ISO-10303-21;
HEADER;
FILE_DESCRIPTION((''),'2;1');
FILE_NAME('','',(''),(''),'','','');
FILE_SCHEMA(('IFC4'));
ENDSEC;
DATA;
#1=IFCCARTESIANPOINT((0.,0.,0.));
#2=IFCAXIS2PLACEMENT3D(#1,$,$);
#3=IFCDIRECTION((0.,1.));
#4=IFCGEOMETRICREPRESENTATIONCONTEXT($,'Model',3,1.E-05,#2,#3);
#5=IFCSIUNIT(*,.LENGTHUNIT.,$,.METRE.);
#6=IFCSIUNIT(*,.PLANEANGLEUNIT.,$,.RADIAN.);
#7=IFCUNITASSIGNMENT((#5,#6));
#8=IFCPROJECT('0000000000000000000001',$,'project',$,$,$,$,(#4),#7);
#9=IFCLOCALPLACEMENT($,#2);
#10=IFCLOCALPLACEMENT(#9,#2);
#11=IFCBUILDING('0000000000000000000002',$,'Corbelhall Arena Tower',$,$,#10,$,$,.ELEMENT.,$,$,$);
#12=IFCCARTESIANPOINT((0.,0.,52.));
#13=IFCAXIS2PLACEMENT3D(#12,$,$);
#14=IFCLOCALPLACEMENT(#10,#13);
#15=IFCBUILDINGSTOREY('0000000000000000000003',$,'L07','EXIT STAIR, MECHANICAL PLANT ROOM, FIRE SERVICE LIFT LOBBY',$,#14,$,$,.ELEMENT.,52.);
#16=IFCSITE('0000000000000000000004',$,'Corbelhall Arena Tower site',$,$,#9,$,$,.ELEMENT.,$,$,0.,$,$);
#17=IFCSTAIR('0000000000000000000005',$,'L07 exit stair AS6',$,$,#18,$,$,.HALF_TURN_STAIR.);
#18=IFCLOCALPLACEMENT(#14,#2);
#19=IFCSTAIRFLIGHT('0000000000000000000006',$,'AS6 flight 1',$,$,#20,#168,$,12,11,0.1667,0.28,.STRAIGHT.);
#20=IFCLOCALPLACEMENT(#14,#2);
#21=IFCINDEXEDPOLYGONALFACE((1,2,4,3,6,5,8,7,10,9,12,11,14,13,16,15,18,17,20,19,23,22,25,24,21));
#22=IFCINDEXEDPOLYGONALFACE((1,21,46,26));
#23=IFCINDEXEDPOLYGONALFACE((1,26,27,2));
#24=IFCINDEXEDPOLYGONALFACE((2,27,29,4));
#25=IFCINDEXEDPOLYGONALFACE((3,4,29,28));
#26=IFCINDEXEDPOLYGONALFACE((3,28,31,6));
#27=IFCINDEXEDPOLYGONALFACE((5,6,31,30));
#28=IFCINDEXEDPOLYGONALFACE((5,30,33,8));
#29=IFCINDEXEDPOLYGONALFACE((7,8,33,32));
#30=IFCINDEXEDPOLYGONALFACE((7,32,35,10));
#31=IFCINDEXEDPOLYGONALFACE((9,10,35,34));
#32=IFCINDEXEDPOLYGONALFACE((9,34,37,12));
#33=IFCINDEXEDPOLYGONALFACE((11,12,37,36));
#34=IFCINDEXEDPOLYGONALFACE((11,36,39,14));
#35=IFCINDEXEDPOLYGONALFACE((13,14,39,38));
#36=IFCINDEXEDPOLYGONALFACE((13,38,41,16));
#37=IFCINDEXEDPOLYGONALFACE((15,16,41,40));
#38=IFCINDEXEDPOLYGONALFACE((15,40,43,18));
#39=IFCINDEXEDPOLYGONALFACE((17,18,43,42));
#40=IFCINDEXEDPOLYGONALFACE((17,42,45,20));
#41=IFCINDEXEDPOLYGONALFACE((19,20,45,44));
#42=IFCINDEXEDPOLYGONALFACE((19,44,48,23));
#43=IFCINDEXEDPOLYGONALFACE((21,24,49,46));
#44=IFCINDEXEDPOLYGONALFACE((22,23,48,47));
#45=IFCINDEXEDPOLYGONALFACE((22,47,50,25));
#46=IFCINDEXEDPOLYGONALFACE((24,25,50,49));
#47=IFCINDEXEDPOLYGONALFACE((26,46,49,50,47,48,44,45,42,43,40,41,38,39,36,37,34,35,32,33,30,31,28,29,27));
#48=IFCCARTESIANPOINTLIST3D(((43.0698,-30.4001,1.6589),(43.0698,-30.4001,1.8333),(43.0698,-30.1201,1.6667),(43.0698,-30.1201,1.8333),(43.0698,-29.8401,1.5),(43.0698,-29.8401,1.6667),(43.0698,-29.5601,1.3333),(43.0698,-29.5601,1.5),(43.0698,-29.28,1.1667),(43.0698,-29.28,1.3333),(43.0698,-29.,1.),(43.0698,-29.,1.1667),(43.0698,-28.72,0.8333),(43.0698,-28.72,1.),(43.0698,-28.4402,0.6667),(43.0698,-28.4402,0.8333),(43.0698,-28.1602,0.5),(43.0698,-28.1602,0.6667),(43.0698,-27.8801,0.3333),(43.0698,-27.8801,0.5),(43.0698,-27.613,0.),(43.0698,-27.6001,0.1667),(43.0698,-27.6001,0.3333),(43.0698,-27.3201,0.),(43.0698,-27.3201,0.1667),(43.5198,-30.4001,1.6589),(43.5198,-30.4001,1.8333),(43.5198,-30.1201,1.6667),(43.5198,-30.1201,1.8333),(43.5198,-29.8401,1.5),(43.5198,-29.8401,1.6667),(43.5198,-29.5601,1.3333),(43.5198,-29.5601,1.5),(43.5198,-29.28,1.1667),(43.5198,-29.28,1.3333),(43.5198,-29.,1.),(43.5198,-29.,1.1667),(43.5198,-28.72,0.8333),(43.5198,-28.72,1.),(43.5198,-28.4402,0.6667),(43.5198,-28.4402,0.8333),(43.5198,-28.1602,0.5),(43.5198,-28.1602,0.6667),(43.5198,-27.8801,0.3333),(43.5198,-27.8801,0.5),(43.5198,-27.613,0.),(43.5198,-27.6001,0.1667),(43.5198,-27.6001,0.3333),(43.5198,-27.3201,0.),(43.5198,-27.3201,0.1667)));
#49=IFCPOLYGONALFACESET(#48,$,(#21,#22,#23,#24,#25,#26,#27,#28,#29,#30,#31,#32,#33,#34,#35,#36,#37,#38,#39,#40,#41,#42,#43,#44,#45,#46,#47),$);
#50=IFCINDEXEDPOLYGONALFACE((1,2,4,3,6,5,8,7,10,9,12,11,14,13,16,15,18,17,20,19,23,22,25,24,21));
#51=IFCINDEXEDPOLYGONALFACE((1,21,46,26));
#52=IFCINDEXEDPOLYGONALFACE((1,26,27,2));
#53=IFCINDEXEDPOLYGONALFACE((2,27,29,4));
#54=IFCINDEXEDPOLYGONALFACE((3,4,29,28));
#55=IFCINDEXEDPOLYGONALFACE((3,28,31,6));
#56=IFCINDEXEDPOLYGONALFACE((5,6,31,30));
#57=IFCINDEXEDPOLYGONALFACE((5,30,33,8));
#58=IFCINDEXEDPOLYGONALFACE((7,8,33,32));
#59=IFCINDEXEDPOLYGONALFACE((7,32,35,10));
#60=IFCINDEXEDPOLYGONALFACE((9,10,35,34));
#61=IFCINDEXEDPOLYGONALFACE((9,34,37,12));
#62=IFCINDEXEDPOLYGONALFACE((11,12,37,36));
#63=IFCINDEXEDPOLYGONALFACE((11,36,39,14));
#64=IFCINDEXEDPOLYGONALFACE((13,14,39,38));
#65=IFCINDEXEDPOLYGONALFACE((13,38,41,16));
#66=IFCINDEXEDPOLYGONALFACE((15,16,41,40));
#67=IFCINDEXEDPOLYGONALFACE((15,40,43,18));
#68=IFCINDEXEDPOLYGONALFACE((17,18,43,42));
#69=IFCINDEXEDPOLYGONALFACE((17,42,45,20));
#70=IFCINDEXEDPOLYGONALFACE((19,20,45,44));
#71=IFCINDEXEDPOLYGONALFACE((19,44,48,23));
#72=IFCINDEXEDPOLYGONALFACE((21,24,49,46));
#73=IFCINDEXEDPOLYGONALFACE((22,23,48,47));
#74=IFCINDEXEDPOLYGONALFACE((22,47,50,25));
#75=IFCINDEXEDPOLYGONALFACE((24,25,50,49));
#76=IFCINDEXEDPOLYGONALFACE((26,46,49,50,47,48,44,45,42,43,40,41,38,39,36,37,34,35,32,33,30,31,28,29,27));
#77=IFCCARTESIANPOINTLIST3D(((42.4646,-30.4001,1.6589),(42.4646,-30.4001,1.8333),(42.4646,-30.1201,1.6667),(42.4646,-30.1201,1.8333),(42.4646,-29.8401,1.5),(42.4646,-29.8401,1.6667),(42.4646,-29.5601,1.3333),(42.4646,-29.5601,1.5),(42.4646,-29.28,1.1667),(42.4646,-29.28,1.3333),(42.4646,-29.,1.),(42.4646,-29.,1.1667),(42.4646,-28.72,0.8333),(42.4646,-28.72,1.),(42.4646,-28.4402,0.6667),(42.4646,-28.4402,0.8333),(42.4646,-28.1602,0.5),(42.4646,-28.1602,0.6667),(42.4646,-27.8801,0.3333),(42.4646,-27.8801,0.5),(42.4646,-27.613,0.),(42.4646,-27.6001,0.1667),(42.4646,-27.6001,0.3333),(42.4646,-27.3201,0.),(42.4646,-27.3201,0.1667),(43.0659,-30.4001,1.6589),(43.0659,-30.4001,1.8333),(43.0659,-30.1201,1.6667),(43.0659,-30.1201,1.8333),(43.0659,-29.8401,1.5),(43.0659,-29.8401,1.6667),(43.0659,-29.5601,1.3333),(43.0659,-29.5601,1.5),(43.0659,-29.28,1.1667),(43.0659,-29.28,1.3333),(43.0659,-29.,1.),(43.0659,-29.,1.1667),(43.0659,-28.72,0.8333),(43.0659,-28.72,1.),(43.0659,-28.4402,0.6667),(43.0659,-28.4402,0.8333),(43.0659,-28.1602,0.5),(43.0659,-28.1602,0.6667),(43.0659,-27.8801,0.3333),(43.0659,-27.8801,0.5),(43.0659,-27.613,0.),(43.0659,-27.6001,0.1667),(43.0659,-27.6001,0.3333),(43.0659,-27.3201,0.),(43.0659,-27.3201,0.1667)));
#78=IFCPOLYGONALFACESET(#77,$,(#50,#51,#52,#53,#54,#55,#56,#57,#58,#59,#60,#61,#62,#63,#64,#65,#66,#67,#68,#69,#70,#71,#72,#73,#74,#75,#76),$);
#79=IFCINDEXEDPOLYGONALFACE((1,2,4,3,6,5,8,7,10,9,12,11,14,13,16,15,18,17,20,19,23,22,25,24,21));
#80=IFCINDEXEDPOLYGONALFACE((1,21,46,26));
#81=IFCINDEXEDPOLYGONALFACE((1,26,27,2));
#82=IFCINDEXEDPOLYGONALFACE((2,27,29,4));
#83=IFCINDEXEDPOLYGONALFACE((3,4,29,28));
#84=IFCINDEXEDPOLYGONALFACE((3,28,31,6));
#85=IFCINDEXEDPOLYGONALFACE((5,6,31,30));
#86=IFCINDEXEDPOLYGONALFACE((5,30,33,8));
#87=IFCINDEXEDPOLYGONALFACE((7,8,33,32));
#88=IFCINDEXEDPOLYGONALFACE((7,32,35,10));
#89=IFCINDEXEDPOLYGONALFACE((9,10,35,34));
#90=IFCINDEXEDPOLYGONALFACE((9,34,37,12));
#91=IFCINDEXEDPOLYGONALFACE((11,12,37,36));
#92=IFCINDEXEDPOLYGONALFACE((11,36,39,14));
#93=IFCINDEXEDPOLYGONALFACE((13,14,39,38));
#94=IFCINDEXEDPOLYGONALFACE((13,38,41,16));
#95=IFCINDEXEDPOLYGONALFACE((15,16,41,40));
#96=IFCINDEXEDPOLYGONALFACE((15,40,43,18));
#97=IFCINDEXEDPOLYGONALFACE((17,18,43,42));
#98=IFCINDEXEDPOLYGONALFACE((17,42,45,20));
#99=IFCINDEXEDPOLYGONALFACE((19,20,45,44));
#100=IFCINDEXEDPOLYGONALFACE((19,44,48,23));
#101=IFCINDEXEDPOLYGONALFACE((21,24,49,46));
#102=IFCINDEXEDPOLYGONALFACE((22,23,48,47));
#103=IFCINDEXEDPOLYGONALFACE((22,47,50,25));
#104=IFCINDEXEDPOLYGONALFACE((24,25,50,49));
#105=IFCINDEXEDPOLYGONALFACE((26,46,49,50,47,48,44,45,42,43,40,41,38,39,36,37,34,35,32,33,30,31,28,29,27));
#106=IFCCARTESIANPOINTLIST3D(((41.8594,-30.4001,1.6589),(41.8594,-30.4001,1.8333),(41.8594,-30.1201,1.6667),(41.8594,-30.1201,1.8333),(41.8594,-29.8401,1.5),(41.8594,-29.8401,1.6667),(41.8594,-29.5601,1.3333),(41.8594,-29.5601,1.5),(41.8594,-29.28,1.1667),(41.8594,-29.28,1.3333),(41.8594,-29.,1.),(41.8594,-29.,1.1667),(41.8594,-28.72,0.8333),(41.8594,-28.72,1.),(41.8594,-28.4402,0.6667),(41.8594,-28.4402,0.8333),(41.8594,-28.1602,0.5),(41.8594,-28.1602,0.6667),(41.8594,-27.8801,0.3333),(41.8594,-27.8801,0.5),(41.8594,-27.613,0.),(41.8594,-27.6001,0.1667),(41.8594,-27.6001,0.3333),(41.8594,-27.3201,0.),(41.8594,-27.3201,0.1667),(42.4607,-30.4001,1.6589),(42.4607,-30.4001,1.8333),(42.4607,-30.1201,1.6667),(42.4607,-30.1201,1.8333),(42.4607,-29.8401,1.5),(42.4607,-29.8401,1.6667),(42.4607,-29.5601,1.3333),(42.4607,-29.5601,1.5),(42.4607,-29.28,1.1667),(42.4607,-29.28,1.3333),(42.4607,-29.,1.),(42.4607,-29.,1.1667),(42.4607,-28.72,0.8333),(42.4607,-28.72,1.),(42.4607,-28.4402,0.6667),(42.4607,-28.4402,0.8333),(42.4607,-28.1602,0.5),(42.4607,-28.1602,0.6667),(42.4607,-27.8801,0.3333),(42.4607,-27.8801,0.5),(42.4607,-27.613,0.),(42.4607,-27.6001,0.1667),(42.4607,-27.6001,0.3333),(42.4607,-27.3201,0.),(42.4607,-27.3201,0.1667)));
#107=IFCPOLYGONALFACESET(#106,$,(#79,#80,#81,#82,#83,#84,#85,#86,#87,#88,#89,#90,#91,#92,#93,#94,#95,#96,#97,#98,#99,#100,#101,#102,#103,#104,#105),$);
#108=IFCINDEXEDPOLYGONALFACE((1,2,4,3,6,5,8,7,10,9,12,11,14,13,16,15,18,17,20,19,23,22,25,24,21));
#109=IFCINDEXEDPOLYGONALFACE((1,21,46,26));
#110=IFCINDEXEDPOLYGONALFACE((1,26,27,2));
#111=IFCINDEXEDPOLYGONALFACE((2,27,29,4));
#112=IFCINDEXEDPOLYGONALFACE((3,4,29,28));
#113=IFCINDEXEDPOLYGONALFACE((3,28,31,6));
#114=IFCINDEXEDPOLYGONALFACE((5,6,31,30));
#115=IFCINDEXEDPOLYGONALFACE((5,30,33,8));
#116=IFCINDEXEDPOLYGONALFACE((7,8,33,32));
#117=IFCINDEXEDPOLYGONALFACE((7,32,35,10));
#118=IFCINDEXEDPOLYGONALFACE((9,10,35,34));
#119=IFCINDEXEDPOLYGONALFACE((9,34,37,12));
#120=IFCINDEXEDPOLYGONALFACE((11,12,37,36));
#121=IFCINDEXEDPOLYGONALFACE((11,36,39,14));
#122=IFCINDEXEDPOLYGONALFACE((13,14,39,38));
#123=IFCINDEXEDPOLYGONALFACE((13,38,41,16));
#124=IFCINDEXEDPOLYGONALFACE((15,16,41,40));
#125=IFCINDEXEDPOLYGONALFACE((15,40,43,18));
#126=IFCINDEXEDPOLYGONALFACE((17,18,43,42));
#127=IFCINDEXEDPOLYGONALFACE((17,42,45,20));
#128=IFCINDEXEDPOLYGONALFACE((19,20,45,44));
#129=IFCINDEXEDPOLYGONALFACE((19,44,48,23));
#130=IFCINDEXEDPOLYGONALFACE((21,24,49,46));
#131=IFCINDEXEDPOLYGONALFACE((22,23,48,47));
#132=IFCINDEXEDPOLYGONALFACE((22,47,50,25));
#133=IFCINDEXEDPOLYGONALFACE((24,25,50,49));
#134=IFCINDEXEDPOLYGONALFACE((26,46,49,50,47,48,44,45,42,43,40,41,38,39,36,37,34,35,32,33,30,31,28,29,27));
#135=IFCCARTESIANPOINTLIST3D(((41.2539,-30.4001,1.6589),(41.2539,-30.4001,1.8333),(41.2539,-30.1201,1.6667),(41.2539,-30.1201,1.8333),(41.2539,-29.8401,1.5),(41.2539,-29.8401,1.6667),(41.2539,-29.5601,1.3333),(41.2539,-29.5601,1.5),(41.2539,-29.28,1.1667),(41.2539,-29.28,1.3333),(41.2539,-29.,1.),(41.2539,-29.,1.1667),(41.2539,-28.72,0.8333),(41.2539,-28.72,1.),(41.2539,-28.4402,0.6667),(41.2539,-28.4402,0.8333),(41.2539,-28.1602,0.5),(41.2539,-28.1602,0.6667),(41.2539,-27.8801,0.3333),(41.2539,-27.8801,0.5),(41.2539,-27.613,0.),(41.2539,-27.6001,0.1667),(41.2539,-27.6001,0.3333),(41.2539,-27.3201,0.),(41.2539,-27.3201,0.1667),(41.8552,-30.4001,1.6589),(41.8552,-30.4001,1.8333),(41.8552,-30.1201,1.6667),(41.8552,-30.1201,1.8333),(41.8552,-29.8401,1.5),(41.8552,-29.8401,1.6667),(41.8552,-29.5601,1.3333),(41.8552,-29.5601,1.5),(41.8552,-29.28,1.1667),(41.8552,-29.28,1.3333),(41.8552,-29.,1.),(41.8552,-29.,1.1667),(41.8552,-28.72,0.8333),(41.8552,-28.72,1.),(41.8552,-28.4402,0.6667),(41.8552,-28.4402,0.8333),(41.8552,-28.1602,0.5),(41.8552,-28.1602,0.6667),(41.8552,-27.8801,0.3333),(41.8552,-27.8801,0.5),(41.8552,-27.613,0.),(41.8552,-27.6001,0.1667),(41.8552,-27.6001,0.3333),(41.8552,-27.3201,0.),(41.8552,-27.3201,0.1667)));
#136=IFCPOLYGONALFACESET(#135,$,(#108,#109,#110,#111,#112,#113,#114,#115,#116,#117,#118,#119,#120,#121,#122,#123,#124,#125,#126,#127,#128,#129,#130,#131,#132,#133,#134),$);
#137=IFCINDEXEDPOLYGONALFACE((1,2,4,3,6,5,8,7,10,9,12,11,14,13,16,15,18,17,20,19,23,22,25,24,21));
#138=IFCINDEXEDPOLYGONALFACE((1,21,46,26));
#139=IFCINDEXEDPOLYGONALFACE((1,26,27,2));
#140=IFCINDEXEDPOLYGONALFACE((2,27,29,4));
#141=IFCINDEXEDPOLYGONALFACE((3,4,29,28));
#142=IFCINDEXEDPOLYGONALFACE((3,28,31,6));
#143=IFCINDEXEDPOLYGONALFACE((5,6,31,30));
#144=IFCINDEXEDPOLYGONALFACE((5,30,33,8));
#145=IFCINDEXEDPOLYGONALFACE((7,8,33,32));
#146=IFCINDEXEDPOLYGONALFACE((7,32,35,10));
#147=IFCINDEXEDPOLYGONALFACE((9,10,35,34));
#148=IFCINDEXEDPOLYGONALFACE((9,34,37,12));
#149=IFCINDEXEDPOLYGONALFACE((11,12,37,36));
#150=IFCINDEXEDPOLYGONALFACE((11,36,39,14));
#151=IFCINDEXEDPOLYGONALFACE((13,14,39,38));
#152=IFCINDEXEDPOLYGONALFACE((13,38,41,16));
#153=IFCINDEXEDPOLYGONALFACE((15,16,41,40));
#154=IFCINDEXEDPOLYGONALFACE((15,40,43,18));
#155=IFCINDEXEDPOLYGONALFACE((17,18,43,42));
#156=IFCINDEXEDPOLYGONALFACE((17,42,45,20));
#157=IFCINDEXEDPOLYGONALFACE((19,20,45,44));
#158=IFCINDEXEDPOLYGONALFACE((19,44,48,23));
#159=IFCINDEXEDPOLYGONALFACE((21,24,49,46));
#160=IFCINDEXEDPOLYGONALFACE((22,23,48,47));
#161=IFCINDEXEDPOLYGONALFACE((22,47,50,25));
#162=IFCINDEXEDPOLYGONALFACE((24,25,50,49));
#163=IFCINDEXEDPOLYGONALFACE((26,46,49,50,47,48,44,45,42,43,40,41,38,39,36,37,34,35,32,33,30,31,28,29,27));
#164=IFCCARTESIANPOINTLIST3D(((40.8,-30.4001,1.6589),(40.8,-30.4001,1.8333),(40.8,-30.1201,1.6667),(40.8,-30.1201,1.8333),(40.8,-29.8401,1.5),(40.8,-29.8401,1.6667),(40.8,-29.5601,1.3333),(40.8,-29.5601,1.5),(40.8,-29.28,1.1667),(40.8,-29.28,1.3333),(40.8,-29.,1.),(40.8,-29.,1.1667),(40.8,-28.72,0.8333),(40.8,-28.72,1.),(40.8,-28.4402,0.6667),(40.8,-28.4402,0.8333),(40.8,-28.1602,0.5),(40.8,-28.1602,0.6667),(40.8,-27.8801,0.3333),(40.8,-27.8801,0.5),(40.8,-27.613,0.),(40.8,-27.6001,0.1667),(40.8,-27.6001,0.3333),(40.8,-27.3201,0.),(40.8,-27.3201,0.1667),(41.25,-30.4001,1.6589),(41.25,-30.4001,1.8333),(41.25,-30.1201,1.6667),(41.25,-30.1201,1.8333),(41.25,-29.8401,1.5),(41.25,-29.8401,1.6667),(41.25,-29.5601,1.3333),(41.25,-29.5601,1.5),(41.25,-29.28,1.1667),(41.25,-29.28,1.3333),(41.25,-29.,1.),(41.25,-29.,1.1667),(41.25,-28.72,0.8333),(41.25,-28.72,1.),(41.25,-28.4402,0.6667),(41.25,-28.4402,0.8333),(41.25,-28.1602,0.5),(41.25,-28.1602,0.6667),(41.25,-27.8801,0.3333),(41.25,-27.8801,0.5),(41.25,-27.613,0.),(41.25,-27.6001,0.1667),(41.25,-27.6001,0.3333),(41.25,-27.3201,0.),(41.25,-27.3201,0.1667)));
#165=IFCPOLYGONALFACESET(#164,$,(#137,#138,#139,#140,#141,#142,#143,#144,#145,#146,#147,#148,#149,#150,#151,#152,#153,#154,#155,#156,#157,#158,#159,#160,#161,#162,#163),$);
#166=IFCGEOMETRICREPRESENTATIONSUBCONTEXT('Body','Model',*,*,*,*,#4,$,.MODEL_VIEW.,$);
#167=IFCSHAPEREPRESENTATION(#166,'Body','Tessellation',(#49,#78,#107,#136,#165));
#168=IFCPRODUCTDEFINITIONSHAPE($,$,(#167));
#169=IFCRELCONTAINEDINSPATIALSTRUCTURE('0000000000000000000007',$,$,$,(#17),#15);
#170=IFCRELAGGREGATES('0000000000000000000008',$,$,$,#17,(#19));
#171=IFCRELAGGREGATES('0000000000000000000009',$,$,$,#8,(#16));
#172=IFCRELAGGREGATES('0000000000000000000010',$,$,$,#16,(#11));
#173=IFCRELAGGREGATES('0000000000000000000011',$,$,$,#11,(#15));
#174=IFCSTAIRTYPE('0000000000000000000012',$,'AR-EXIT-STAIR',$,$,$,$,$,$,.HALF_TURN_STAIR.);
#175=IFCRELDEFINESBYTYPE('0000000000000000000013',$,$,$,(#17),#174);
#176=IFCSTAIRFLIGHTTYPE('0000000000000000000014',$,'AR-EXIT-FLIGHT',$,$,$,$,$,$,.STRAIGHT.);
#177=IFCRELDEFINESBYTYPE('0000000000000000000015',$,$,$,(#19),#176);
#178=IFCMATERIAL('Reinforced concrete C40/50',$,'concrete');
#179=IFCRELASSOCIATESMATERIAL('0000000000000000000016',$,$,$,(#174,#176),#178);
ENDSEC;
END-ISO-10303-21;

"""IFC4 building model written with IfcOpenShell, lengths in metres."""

from ifc_helpers import new_model, si_unit, direction, frame, origin, place, context, subcontext, project, spatial, polyline, outline, extrude, material, type_object, element, aggregate, save


model = new_model("IFC4")

# Units and contexts
model_context = context("Model", 3, precision=1e-05, world=origin(), true_north=direction((0.0, 1.0)))
body_context = subcontext(model_context, "Body", "Model", "MODEL_VIEW")
ifc_project = project(units=[si_unit("LENGTHUNIT", "METRE"), si_unit("PLANEANGLEUNIT", "RADIAN")], contexts=[model_context])

# Site, building, storey
site_placement = place(None, origin())
site = spatial("IfcSite", under=ifc_project, at=site_placement, Name="Corbelhall Arena Tower site", CompositionType="ELEMENT", RefElevation=0.0)
building_placement = place(site_placement, origin())
building = spatial("IfcBuilding", under=site, at=building_placement, Name="Corbelhall Arena Tower", CompositionType="ELEMENT")
storey_placement = place(building_placement, frame((0.0, 0.0, 52.0)))
storey = spatial("IfcBuildingStorey", under=building, at=storey_placement, Name="L07", Description="EXIT STAIR, MECHANICAL PLANT ROOM, FIRE SERVICE LIFT LOBBY", CompositionType="ELEMENT", Elevation=52.0)

# Stair, stair flight
ifc_material_1 = material(Name="Reinforced concrete C40/50", Category="concrete")
stair_type = type_object("IfcStairType", Name="AR-EXIT-STAIR", PredefinedType="HALF_TURN_STAIR", material=ifc_material_1)
stair_flight_type = type_object("IfcStairFlightType", Name="AR-EXIT-FLIGHT", PredefinedType="STRAIGHT", material=ifc_material_1)
stair_1_placement = place(storey_placement, origin())
stair_1 = element("IfcStair", 1, at=stair_1_placement, inside=storey, type_object=stair_type, Name="L07 exit stair AS6", PredefinedType="HALF_TURN_STAIR")
stair_flight_1_placement = place(storey_placement, frame((42.1599, -27.3201, 0.0), z_axis=(0.0, 0.0, 1.0), x_axis=(0.0, -1.0, 0.0)))
stair_flight_1 = element("IfcStairFlight", 2, at=stair_flight_1_placement, type_object=stair_flight_type, Name="AS6 flight 1", NumberOfRisers=12, NumberOfTreads=11, PredefinedType="STRAIGHT", RiserHeight=0.1667, TreadLength=0.28, context=body_context, shape_type="SweptSolid", body=[
    extrude(outline(polyline([(0.0, 0.0), (0.0, 0.1667), (0.28, 0.1667), (0.28, 0.3333), (0.5601, 0.3333), (0.5601, 0.5), (0.8401, 0.5), (0.8401, 0.6667), (1.1201, 0.6667), (1.1201, 0.8333), (1.3999, 0.8333), (1.3999, 1.0), (1.6799, 1.0), (1.6799, 1.1667), (1.96, 1.1667), (1.96, 1.3333), (2.24, 1.3333), (2.24, 1.5), (2.52, 1.5), (2.52, 1.6667), (2.8, 1.6667), (2.8, 1.8333), (3.0801, 1.8333), (3.0801, 2.0), (3.0801, 1.6589), (0.293, 0.0), (0.0, 0.0)])), frame((0.0, 1.3599, 0.0), z_axis=(0.0, -1.0, 0.0), x_axis=(1.0, 0.0, 0.0)), (0.0, 0.0, 1.0), 0.45),
    extrude(outline(polyline([(0.0, 0.0), (0.0, 0.1667), (0.28, 0.1667), (0.28, 0.3333), (0.5601, 0.3333), (0.5601, 0.5), (0.8401, 0.5), (0.8401, 0.6667), (1.1201, 0.6667), (1.1201, 0.8333), (1.3999, 0.8333), (1.3999, 1.0), (1.6799, 1.0), (1.6799, 1.1667), (1.96, 1.1667), (1.96, 1.3333), (2.24, 1.3333), (2.24, 1.5), (2.52, 1.5), (2.52, 1.6667), (2.8, 1.6667), (2.8, 1.8333), (3.0801, 1.8333), (3.0801, 2.0), (3.0801, 1.6589), (0.293, 0.0), (0.0, 0.0)])), frame((0.0, 0.906, 0.0), z_axis=(0.0, -1.0, 0.0), x_axis=(1.0, 0.0, 0.0)), (0.0, 0.0, 1.0), 0.6013),
    extrude(outline(polyline([(0.0, 0.0), (0.0, 0.1667), (0.28, 0.1667), (0.28, 0.3333), (0.5601, 0.3333), (0.5601, 0.5), (0.8401, 0.5), (0.8401, 0.6667), (1.1201, 0.6667), (1.1201, 0.8333), (1.3999, 0.8333), (1.3999, 1.0), (1.6799, 1.0), (1.6799, 1.1667), (1.96, 1.1667), (1.96, 1.3333), (2.24, 1.3333), (2.24, 1.5), (2.52, 1.5), (2.52, 1.6667), (2.8, 1.6667), (2.8, 1.8333), (3.0801, 1.8333), (3.0801, 2.0), (3.0801, 1.6589), (0.293, 0.0), (0.0, 0.0)])), frame((0.0, 0.3008, 0.0), z_axis=(0.0, -1.0, 0.0), x_axis=(1.0, 0.0, 0.0)), (0.0, 0.0, 1.0), 0.6013),
    extrude(outline(polyline([(0.0, 0.0), (0.0, 0.1667), (0.28, 0.1667), (0.28, 0.3333), (0.5601, 0.3333), (0.5601, 0.5), (0.8401, 0.5), (0.8401, 0.6667), (1.1201, 0.6667), (1.1201, 0.8333), (1.3999, 0.8333), (1.3999, 1.0), (1.6799, 1.0), (1.6799, 1.1667), (1.96, 1.1667), (1.96, 1.3333), (2.24, 1.3333), (2.24, 1.5), (2.52, 1.5), (2.52, 1.6667), (2.8, 1.6667), (2.8, 1.8333), (3.0801, 1.8333), (3.0801, 2.0), (3.0801, 1.6589), (0.293, 0.0), (0.0, 0.0)])), frame((0.0, -0.3047, 0.0), z_axis=(0.0, -1.0, 0.0), x_axis=(1.0, 0.0, 0.0)), (0.0, 0.0, 1.0), 0.6013),
    extrude(outline(polyline([(0.0, 0.0), (0.0, 0.1667), (0.28, 0.1667), (0.28, 0.3333), (0.5601, 0.3333), (0.5601, 0.5), (0.8401, 0.5), (0.8401, 0.6667), (1.1201, 0.6667), (1.1201, 0.8333), (1.3999, 0.8333), (1.3999, 1.0), (1.6799, 1.0), (1.6799, 1.1667), (1.96, 1.1667), (1.96, 1.3333), (2.24, 1.3333), (2.24, 1.5), (2.52, 1.5), (2.52, 1.6667), (2.8, 1.6667), (2.8, 1.8333), (3.0801, 1.8333), (3.0801, 2.0), (3.0801, 1.6589), (0.293, 0.0), (0.0, 0.0)])), frame((0.0, -0.9099, 0.0), z_axis=(0.0, -1.0, 0.0), x_axis=(1.0, 0.0, 0.0)), (0.0, 0.0, 1.0), 0.45),
])
aggregate(stair_1, [stair_flight_1])

save(model, "model.ifc")
